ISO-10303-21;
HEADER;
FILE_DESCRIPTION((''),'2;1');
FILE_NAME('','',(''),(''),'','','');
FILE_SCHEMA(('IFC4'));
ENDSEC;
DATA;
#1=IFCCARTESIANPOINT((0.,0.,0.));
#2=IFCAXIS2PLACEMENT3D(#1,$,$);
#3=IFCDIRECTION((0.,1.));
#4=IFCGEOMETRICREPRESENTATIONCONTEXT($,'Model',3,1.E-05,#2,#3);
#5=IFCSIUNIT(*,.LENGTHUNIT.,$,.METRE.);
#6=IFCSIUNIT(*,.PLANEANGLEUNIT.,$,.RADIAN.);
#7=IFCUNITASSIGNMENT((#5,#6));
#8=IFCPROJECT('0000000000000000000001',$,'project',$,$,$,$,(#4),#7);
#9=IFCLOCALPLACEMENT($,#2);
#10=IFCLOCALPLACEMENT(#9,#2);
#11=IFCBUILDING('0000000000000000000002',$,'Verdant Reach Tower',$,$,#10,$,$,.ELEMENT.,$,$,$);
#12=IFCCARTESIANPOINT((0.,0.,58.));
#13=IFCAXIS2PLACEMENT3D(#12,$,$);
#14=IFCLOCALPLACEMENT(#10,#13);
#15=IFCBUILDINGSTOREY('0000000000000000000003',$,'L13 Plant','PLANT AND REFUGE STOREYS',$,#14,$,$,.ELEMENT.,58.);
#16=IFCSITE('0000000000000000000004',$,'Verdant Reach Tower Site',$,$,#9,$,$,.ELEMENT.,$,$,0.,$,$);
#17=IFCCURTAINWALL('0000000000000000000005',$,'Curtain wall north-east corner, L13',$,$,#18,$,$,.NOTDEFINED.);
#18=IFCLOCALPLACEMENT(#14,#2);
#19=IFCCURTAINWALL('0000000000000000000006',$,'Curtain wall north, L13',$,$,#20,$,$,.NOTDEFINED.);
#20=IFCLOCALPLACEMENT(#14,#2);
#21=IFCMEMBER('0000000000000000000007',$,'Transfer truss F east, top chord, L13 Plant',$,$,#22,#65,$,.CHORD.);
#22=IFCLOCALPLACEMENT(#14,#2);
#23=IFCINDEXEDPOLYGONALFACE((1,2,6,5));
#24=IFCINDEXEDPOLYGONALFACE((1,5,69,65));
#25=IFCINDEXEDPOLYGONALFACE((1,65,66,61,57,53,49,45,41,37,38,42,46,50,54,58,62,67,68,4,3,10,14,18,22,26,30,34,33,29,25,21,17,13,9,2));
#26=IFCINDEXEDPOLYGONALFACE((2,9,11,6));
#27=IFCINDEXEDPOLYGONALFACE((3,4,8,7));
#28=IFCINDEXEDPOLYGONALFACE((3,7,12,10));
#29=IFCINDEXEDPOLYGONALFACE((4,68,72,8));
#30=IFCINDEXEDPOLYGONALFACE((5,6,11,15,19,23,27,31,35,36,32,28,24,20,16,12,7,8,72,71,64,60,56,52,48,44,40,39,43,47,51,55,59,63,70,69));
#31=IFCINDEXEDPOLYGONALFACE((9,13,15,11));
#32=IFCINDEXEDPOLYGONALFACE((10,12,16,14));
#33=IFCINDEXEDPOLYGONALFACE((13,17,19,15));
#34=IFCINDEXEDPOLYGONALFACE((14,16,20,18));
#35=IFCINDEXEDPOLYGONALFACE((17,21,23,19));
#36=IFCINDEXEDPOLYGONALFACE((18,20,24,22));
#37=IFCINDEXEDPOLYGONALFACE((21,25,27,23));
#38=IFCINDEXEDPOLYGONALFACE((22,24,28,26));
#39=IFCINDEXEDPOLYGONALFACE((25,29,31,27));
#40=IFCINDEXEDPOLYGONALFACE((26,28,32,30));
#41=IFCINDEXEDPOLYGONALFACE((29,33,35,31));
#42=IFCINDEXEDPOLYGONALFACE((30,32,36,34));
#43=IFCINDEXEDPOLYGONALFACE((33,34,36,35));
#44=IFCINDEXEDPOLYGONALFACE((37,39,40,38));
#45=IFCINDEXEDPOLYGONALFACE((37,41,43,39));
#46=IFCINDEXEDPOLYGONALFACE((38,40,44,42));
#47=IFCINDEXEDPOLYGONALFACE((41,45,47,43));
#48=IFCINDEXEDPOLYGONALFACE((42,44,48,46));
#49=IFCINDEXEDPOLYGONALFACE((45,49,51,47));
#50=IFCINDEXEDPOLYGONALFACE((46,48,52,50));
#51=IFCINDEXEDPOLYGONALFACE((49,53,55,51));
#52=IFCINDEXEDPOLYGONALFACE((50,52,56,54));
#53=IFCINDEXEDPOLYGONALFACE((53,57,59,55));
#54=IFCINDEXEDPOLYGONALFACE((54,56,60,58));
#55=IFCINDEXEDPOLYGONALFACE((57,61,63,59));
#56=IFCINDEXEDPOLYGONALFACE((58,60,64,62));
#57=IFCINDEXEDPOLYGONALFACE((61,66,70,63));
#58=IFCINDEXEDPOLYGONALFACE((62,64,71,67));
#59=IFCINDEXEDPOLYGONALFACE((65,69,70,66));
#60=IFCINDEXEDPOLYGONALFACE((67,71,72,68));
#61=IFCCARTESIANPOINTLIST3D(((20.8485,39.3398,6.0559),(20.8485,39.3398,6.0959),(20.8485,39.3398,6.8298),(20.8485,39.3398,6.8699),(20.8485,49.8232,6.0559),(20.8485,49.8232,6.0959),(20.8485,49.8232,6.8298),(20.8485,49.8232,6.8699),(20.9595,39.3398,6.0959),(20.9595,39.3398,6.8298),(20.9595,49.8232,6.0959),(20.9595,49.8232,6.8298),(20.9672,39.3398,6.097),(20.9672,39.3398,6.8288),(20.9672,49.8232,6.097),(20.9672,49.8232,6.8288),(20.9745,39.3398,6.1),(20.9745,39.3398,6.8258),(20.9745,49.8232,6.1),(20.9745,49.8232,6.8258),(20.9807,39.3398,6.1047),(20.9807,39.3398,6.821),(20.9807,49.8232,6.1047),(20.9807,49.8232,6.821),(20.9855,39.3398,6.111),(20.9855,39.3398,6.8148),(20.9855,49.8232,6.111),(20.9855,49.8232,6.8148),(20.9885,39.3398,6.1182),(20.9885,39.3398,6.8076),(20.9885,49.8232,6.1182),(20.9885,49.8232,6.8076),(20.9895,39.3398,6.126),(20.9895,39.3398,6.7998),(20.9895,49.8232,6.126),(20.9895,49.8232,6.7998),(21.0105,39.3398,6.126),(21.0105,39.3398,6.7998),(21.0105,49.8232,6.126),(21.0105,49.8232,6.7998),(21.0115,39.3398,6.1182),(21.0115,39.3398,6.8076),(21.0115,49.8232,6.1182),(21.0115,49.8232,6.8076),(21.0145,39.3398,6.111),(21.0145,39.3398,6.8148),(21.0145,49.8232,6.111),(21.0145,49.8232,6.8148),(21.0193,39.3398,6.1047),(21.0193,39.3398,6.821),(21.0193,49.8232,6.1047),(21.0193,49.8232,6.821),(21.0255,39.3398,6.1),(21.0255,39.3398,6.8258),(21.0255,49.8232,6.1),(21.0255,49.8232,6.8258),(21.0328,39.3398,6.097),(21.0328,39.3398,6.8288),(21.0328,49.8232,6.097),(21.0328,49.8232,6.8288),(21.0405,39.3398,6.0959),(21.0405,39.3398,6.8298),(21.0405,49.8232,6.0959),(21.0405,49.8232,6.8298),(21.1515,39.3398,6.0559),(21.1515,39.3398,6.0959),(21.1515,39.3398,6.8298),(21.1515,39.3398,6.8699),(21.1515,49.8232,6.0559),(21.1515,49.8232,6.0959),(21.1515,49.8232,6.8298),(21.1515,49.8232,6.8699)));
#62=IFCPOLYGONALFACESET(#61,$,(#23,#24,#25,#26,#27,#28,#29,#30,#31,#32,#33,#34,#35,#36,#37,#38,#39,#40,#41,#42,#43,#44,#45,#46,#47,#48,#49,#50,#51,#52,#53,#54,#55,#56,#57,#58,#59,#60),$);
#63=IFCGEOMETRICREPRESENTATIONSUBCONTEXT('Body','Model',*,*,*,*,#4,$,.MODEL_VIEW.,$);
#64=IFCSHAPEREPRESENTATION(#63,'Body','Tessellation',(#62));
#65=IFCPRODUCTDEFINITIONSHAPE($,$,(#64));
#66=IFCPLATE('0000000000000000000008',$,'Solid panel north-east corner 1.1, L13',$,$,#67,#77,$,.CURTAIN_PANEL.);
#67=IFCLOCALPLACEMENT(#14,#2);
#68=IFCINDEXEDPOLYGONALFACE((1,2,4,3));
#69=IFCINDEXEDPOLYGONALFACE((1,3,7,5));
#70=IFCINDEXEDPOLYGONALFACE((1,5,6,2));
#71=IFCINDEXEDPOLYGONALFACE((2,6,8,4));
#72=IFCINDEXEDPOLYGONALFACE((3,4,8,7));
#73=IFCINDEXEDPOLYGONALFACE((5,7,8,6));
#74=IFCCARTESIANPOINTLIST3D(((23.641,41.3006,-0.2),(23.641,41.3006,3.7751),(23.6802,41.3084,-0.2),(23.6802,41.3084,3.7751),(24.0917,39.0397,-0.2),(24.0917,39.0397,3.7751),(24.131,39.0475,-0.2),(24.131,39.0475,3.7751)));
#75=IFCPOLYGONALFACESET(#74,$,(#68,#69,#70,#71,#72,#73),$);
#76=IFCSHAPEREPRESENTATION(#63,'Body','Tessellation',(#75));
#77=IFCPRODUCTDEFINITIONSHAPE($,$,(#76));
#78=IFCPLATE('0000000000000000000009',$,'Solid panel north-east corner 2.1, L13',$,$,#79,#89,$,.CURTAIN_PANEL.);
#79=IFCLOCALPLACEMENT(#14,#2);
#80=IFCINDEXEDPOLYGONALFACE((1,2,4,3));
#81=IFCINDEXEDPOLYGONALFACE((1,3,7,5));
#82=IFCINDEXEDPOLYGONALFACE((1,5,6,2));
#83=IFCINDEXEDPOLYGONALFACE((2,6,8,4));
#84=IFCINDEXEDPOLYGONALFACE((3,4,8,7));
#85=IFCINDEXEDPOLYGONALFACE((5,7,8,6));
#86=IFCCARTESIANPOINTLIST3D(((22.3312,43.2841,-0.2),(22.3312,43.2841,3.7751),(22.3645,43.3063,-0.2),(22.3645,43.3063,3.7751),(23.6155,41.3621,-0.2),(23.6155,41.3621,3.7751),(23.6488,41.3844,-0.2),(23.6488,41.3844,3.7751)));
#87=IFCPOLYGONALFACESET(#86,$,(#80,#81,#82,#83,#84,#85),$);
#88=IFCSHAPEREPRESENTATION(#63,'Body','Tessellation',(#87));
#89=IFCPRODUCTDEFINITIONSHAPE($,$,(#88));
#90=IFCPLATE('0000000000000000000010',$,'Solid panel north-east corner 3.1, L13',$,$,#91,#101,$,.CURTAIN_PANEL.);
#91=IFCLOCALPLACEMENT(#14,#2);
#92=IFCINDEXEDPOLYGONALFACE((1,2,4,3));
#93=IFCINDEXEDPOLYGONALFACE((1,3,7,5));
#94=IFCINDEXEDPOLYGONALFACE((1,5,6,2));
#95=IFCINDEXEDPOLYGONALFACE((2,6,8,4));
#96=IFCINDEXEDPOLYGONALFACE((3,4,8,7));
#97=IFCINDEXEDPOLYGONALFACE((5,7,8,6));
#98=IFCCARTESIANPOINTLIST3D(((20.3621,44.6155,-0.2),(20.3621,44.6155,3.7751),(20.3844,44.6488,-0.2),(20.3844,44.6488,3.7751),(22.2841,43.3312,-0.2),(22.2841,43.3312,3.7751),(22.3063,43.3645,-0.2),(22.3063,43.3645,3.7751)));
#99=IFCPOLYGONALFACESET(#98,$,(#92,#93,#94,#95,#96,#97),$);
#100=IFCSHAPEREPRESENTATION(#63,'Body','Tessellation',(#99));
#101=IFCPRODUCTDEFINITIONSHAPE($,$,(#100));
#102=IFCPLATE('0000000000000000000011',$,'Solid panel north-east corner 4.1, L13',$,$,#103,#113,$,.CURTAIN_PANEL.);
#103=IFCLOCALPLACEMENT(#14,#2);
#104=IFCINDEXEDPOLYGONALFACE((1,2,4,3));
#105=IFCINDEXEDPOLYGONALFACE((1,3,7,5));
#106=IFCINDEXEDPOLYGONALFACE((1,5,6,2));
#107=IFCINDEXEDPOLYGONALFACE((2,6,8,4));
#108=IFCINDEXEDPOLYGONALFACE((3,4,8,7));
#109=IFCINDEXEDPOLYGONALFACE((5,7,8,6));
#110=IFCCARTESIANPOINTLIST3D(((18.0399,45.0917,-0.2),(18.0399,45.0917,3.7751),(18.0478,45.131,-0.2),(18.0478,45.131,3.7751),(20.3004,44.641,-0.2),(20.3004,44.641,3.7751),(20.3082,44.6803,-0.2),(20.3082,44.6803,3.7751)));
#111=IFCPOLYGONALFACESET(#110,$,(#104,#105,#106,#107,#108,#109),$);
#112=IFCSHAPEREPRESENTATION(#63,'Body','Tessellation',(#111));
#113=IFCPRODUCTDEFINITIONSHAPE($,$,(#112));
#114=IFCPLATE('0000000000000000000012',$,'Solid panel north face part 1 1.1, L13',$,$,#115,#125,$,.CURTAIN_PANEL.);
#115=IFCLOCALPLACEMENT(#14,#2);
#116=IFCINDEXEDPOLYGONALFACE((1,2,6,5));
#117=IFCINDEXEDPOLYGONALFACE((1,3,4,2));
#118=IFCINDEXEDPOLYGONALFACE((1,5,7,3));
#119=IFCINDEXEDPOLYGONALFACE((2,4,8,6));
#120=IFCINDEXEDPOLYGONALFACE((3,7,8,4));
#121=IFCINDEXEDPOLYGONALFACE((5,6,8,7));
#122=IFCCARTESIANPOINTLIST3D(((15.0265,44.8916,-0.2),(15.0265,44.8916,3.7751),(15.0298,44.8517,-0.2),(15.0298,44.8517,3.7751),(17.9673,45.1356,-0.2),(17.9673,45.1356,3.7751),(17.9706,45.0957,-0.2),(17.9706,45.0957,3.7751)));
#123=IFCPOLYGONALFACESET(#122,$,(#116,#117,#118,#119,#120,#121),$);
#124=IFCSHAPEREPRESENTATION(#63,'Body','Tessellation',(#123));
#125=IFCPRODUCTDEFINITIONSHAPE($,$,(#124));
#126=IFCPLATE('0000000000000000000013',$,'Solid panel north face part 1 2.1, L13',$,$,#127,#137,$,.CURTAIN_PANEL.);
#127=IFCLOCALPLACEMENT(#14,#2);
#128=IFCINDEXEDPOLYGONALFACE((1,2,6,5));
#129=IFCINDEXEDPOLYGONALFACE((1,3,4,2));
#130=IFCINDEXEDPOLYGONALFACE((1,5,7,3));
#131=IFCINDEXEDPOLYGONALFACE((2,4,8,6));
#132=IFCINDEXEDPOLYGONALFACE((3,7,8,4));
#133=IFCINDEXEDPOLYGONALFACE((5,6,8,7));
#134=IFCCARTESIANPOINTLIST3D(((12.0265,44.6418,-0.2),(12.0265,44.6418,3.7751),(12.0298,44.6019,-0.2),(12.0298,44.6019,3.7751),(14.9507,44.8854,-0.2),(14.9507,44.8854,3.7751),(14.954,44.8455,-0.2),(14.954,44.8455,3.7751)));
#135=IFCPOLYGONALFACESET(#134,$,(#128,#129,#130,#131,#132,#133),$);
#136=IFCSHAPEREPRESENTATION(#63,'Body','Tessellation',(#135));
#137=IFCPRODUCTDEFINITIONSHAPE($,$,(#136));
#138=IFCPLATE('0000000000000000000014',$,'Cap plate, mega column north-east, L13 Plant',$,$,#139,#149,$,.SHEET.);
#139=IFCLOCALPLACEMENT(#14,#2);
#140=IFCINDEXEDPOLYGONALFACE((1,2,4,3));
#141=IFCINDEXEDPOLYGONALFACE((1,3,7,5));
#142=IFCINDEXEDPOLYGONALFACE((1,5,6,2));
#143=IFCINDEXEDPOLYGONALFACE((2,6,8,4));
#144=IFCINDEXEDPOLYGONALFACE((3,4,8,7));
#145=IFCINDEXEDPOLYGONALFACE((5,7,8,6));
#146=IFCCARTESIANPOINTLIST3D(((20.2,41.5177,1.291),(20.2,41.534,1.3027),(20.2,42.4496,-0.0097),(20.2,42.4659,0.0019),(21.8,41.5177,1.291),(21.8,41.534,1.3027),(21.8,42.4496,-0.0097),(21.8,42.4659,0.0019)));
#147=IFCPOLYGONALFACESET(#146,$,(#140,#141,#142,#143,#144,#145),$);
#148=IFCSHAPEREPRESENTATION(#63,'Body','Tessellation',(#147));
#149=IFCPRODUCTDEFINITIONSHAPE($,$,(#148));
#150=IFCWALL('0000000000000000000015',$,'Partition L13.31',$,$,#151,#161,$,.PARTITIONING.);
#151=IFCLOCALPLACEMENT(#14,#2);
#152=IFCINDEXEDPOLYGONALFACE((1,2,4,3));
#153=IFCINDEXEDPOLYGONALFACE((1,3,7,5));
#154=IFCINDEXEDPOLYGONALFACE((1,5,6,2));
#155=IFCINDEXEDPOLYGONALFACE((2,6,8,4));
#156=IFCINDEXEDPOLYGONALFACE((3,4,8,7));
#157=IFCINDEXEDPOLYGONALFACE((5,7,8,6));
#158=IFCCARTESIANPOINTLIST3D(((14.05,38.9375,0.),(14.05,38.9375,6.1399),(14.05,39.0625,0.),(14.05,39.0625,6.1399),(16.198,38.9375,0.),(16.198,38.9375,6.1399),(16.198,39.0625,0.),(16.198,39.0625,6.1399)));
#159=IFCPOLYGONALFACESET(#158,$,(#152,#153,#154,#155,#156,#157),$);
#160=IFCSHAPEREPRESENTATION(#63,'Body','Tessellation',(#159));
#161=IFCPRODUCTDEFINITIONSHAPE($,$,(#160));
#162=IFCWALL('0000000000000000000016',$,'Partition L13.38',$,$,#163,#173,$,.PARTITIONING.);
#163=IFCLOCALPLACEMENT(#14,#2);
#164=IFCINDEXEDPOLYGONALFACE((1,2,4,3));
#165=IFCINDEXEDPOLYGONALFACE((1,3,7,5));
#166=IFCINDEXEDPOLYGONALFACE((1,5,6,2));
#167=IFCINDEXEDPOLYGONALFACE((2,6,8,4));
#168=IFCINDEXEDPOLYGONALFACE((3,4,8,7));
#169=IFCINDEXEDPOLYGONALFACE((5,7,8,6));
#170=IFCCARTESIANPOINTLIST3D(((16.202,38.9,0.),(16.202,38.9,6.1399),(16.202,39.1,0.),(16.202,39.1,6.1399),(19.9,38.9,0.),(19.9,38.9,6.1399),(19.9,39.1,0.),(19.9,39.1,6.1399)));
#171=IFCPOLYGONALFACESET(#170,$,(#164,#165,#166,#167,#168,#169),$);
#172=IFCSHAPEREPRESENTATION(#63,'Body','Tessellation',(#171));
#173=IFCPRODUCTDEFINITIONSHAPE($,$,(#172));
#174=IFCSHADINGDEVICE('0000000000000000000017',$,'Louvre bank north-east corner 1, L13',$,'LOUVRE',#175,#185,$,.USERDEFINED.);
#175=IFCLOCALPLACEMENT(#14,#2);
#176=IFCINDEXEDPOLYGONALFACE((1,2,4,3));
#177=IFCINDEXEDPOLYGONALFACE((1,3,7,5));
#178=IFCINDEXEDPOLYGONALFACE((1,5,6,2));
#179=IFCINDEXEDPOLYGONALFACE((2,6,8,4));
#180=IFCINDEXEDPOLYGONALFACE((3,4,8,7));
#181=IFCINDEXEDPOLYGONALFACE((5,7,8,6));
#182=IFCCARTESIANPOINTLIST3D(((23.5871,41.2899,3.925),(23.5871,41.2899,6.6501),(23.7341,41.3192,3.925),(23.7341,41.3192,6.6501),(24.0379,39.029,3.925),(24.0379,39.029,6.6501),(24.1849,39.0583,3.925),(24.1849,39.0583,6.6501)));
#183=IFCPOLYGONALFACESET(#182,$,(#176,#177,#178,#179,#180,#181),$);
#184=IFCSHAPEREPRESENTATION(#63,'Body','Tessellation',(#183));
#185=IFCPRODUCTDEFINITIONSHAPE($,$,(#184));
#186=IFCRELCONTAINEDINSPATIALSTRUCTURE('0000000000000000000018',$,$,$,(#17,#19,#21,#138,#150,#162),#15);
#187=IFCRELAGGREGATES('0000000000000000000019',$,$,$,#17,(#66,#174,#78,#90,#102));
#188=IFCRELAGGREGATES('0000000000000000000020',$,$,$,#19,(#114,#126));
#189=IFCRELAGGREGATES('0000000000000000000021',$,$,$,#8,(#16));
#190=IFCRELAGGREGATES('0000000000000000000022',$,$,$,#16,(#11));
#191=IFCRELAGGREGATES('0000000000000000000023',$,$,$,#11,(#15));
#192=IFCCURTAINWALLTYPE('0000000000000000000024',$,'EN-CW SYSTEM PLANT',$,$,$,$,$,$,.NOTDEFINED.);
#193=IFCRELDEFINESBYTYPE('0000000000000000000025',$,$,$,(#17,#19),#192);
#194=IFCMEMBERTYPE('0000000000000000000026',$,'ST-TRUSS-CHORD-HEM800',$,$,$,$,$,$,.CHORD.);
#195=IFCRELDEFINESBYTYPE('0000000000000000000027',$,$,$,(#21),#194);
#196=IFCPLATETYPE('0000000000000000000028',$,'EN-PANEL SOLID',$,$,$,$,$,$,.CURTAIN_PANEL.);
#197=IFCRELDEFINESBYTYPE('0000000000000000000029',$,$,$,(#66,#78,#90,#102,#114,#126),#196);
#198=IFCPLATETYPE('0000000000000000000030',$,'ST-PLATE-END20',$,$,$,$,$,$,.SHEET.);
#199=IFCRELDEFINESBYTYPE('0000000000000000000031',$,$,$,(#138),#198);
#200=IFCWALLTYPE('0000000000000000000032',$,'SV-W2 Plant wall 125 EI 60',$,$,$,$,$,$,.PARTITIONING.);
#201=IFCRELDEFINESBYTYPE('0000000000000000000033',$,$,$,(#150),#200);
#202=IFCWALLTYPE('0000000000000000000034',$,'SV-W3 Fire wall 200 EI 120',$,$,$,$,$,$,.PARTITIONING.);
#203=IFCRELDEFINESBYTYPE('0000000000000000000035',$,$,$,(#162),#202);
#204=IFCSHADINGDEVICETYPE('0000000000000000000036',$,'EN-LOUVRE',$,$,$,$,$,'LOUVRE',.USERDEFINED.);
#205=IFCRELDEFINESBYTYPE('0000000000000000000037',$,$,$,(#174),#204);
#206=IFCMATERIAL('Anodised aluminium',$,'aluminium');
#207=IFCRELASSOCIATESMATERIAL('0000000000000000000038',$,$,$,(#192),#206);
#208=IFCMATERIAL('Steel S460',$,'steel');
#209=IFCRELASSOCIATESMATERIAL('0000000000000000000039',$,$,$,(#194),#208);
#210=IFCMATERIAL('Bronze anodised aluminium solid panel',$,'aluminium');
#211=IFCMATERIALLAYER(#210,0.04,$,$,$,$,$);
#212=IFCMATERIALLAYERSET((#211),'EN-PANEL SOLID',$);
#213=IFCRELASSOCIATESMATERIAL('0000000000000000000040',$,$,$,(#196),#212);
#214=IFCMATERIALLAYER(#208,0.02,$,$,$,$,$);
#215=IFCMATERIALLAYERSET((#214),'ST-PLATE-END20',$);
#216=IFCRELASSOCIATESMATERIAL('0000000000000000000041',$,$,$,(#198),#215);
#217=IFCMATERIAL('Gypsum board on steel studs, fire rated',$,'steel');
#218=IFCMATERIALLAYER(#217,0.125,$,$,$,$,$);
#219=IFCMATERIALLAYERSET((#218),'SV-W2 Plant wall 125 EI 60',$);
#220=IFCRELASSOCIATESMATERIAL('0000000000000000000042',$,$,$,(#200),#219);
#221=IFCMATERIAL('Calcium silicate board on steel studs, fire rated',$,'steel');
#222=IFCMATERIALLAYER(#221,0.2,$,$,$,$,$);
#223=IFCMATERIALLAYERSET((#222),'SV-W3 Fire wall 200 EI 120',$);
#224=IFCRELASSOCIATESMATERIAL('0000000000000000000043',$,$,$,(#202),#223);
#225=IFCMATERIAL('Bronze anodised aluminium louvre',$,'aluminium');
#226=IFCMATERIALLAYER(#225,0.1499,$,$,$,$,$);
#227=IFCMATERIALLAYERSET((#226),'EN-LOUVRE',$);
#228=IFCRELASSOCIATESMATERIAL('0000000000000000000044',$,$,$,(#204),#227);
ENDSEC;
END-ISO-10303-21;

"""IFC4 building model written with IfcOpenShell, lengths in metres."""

from ifc_helpers import new_model, si_unit, direction, frame, frame_2d, origin, origin_2d, place, context, subcontext, project, spatial, rectangle, i_section, extrude, material, layer, layer_set, material_profile, profile_set, type_object, element, aggregate, save


model = new_model("IFC4")

# Units and contexts
model_context = context("Model", 3, precision=1e-05, world=origin(), true_north=direction((0.0, 1.0)))
body_context = subcontext(model_context, "Body", "Model", "MODEL_VIEW")
ifc_project = project(units=[si_unit("LENGTHUNIT", "METRE"), si_unit("PLANEANGLEUNIT", "RADIAN")], contexts=[model_context])

# Site, building, storey
site_placement = place(None, origin())
site = spatial("IfcSite", under=ifc_project, at=site_placement, Name="Verdant Reach Tower Site", CompositionType="ELEMENT", RefElevation=0.0)
building_placement = place(site_placement, origin())
building = spatial("IfcBuilding", under=site, at=building_placement, Name="Verdant Reach Tower", CompositionType="ELEMENT")
storey_placement = place(building_placement, frame((0.0, 0.0, 58.0)))
storey = spatial("IfcBuildingStorey", under=building, at=storey_placement, Name="L13 Plant", Description="PLANT AND REFUGE STOREYS", CompositionType="ELEMENT", Elevation=58.0)

# Shared definitions
ifc_material_1 = material(Name="Steel S460", Category="steel")

# Curtain walls
ifc_material_2 = material(Name="Anodised aluminium", Category="aluminium")
curtain_wall_type = type_object("IfcCurtainWallType", Name="EN-CW SYSTEM PLANT", PredefinedType="NOTDEFINED", material=ifc_material_2)
curtain_wall_1_placement = place(storey_placement, origin())
curtain_wall_1 = element("IfcCurtainWall", 1, at=curtain_wall_1_placement, inside=storey, type_object=curtain_wall_type, Name="Curtain wall north-east corner, L13", PredefinedType="NOTDEFINED")
curtain_wall_2_placement = place(storey_placement, origin())
curtain_wall_2 = element("IfcCurtainWall", 2, at=curtain_wall_2_placement, inside=storey, type_object=curtain_wall_type, Name="Curtain wall north, L13", PredefinedType="NOTDEFINED")

# Member
ifc_material_profile_1 = material_profile(ifc_material_1, i_section(OverallWidth=0.303, OverallDepth=0.814, WebThickness=0.021, FlangeThickness=0.04, FilletRadius=0.03, at=origin_2d()), Name="HEM 800")
ifc_profile_set_1 = profile_set([ifc_material_profile_1], Name="Steel S460")
member_type_1 = type_object("IfcMemberType", Name="ST-TRUSS-CHORD-HEM800", PredefinedType="CHORD", material=ifc_profile_set_1)
member_1_placement = place(storey_placement, frame((21.0, 39.3398, 6.4629), z_axis=(0.0, 1.0, 0.0), x_axis=(-1.0, 0.0, 0.0)))
element("IfcMember", 3, at=member_1_placement, inside=storey, type_object=member_type_1, Name="Transfer truss F east, top chord, L13 Plant", PredefinedType="CHORD", context=body_context, shape_type="SweptSolid", body=[
    extrude(i_section(OverallWidth=0.303, OverallDepth=0.814, WebThickness=0.021, FlangeThickness=0.04, FilletRadius=0.03, at=origin_2d()), origin(), (0.0, 0.0, 1.0), 10.4834),
])

# Plates
ifc_material_3 = material(Name="Bronze anodised aluminium solid panel", Category="aluminium")
ifc_layer_1 = layer(ifc_material_3, 0.04)
ifc_layer_set_1 = layer_set([ifc_layer_1], Name="EN-PANEL SOLID")
plate_type_1 = type_object("IfcPlateType", Name="EN-PANEL SOLID", PredefinedType="CURTAIN_PANEL", material=ifc_layer_set_1)
plate_1_placement = place(storey_placement, frame((23.886, 40.1741, -0.2), z_axis=(0.0, 0.0, 1.0), x_axis=(-0.195519, 0.9807, 0.0)))
plate_1 = element("IfcPlate", 4, at=plate_1_placement, type_object=plate_type_1, Name="Solid panel north-east corner 1.1, L13", PredefinedType="CURTAIN_PANEL", context=body_context, shape_type="SweptSolid", body=[
    extrude(rectangle(XDim=2.3054, YDim=0.04, at=origin_2d()), origin(), (0.0, 0.0, 1.0), 3.9751),
])
plate_2_placement = place(storey_placement, frame((22.99, 42.3342, -0.2), z_axis=(0.0, 0.0, 1.0), x_axis=(-0.555596, 0.831452, 0.0)))
plate_2 = element("IfcPlate", 5, at=plate_2_placement, type_object=plate_type_1, Name="Solid panel north-east corner 2.1, L13", PredefinedType="CURTAIN_PANEL", context=body_context, shape_type="SweptSolid", body=[
    extrude(rectangle(XDim=2.3115, YDim=0.04, at=origin_2d()), origin(), (0.0, 0.0, 1.0), 3.9751),
])
plate_3_placement = place(storey_placement, frame((21.3342, 43.99, -0.2), z_axis=(0.0, 0.0, 1.0), x_axis=(-0.831452, 0.555596, 0.0)))
plate_3 = element("IfcPlate", 6, at=plate_3_placement, type_object=plate_type_1, Name="Solid panel north-east corner 3.1, L13", PredefinedType="CURTAIN_PANEL", context=body_context, shape_type="SweptSolid", body=[
    extrude(rectangle(XDim=2.3115, YDim=0.04, at=origin_2d()), origin(), (0.0, 0.0, 1.0), 3.9751),
])
plate_4_placement = place(storey_placement, frame((19.1741, 44.886, -0.2), z_axis=(0.0, 0.0, 1.0), x_axis=(-0.980695, 0.195545, 0.0)))
plate_4 = element("IfcPlate", 7, at=plate_4_placement, type_object=plate_type_1, Name="Solid panel north-east corner 4.1, L13", PredefinedType="CURTAIN_PANEL", context=body_context, shape_type="SweptSolid", body=[
    extrude(rectangle(XDim=2.3049, YDim=0.04, at=origin_2d()), origin(), (0.0, 0.0, 1.0), 3.9751),
])
plate_5_placement = place(storey_placement, frame((16.4985, 44.9937, -0.2), z_axis=(0.0, 0.0, 1.0), x_axis=(-0.996578, -0.082664, 0.0)))
plate_5 = element("IfcPlate", 8, at=plate_5_placement, type_object=plate_type_1, Name="Solid panel north face part 1 1.1, L13", PredefinedType="CURTAIN_PANEL", context=body_context, shape_type="SweptSolid", body=[
    extrude(rectangle(XDim=2.9509, YDim=0.04, at=origin_2d()), origin(), (0.0, 0.0, 1.0), 3.9751),
])
plate_6_placement = place(storey_placement, frame((13.4902, 44.7437, -0.2), z_axis=(0.0, 0.0, 1.0), x_axis=(-0.996546, -0.083045, 0.0)))
plate_6 = element("IfcPlate", 9, at=plate_6_placement, type_object=plate_type_1, Name="Solid panel north face part 1 2.1, L13", PredefinedType="CURTAIN_PANEL", context=body_context, shape_type="SweptSolid", body=[
    extrude(rectangle(XDim=2.9343, YDim=0.04, at=origin_2d()), origin(), (0.0, 0.0, 1.0), 3.9751),
])
ifc_layer_2 = layer(ifc_material_1, 0.02)
ifc_layer_set_2 = layer_set([ifc_layer_2], Name="ST-PLATE-END20")
plate_type_2 = type_object("IfcPlateType", Name="ST-PLATE-END20", PredefinedType="SHEET", material=ifc_layer_set_2)
plate_7_placement = place(storey_placement, frame((21.0, 41.9836, 0.6406), z_axis=(0.0, 0.812913, 0.582385), x_axis=(-1.0, 0.0, 0.0)))
element("IfcPlate", 10, at=plate_7_placement, inside=storey, type_object=plate_type_2, Name="Cap plate, mega column north-east, L13 Plant", PredefinedType="SHEET", context=body_context, shape_type="SweptSolid", body=[
    extrude(rectangle(XDim=1.6001, YDim=1.6001, at=origin_2d()), origin(), (0.0, 0.0, 1.0), 0.02),
])

# Walls
ifc_material_4 = material(Name="Gypsum board on steel studs, fire rated", Category="steel")
ifc_layer_3 = layer(ifc_material_4, 0.125)
ifc_layer_set_3 = layer_set([ifc_layer_3], Name="SV-W2 Plant wall 125 EI 60")
wall_type_1 = type_object("IfcWallType", Name="SV-W2 Plant wall 125 EI 60", PredefinedType="PARTITIONING", material=ifc_layer_set_3)
wall_1_placement = place(storey_placement, frame((14.05, 39.0, 0.0), z_axis=(0.0, 0.0, 1.0), x_axis=(1.0, 0.0, 0.0)))
element("IfcWall", 11, at=wall_1_placement, inside=storey, type_object=wall_type_1, Name="Partition L13.31", PredefinedType="PARTITIONING", context=body_context, shape_type="SweptSolid", body=[
    extrude(rectangle(XDim=2.1479, YDim=0.125, at=frame_2d((1.074, 0.0))), origin(), (0.0, 0.0, 1.0), 6.1399),
])
ifc_material_5 = material(Name="Calcium silicate board on steel studs, fire rated", Category="steel")
ifc_layer_4 = layer(ifc_material_5, 0.2)
ifc_layer_set_4 = layer_set([ifc_layer_4], Name="SV-W3 Fire wall 200 EI 120")
wall_type_2 = type_object("IfcWallType", Name="SV-W3 Fire wall 200 EI 120", PredefinedType="PARTITIONING", material=ifc_layer_set_4)
wall_2_placement = place(storey_placement, frame((16.2019, 39.0, 0.0), z_axis=(0.0, 0.0, 1.0), x_axis=(1.0, 0.0, 0.0)))
element("IfcWall", 12, at=wall_2_placement, inside=storey, type_object=wall_type_2, Name="Partition L13.38", PredefinedType="PARTITIONING", context=body_context, shape_type="SweptSolid", body=[
    extrude(rectangle(XDim=3.698, YDim=0.2, at=frame_2d((1.8491, 0.0))), origin(), (0.0, 0.0, 1.0), 6.1399),
])

# Shading device
ifc_material_6 = material(Name="Bronze anodised aluminium louvre", Category="aluminium")
ifc_layer_5 = layer(ifc_material_6, 0.1499)
ifc_layer_set_5 = layer_set([ifc_layer_5], Name="EN-LOUVRE")
shading_device_type = type_object("IfcShadingDeviceType", Name="EN-LOUVRE", ElementType="LOUVRE", PredefinedType="USERDEFINED", material=ifc_layer_set_5)
shading_device_1_placement = place(storey_placement, frame((23.886, 40.1741, 3.925), z_axis=(0.0, 0.0, 1.0), x_axis=(-0.195519, 0.9807, 0.0)))
shading_device_1 = element("IfcShadingDevice", 13, at=shading_device_1_placement, type_object=shading_device_type, Name="Louvre bank north-east corner 1, L13", ObjectType="LOUVRE", PredefinedType="USERDEFINED", context=body_context, shape_type="SweptSolid", body=[
    extrude(rectangle(XDim=2.3054, YDim=0.1499, at=origin_2d()), origin(), (0.0, 0.0, 1.0), 2.7251),
])
aggregate(curtain_wall_1, [plate_1, shading_device_1, plate_2, plate_3, plate_4])
aggregate(curtain_wall_2, [plate_5, plate_6])

save(model, "model.ifc")
